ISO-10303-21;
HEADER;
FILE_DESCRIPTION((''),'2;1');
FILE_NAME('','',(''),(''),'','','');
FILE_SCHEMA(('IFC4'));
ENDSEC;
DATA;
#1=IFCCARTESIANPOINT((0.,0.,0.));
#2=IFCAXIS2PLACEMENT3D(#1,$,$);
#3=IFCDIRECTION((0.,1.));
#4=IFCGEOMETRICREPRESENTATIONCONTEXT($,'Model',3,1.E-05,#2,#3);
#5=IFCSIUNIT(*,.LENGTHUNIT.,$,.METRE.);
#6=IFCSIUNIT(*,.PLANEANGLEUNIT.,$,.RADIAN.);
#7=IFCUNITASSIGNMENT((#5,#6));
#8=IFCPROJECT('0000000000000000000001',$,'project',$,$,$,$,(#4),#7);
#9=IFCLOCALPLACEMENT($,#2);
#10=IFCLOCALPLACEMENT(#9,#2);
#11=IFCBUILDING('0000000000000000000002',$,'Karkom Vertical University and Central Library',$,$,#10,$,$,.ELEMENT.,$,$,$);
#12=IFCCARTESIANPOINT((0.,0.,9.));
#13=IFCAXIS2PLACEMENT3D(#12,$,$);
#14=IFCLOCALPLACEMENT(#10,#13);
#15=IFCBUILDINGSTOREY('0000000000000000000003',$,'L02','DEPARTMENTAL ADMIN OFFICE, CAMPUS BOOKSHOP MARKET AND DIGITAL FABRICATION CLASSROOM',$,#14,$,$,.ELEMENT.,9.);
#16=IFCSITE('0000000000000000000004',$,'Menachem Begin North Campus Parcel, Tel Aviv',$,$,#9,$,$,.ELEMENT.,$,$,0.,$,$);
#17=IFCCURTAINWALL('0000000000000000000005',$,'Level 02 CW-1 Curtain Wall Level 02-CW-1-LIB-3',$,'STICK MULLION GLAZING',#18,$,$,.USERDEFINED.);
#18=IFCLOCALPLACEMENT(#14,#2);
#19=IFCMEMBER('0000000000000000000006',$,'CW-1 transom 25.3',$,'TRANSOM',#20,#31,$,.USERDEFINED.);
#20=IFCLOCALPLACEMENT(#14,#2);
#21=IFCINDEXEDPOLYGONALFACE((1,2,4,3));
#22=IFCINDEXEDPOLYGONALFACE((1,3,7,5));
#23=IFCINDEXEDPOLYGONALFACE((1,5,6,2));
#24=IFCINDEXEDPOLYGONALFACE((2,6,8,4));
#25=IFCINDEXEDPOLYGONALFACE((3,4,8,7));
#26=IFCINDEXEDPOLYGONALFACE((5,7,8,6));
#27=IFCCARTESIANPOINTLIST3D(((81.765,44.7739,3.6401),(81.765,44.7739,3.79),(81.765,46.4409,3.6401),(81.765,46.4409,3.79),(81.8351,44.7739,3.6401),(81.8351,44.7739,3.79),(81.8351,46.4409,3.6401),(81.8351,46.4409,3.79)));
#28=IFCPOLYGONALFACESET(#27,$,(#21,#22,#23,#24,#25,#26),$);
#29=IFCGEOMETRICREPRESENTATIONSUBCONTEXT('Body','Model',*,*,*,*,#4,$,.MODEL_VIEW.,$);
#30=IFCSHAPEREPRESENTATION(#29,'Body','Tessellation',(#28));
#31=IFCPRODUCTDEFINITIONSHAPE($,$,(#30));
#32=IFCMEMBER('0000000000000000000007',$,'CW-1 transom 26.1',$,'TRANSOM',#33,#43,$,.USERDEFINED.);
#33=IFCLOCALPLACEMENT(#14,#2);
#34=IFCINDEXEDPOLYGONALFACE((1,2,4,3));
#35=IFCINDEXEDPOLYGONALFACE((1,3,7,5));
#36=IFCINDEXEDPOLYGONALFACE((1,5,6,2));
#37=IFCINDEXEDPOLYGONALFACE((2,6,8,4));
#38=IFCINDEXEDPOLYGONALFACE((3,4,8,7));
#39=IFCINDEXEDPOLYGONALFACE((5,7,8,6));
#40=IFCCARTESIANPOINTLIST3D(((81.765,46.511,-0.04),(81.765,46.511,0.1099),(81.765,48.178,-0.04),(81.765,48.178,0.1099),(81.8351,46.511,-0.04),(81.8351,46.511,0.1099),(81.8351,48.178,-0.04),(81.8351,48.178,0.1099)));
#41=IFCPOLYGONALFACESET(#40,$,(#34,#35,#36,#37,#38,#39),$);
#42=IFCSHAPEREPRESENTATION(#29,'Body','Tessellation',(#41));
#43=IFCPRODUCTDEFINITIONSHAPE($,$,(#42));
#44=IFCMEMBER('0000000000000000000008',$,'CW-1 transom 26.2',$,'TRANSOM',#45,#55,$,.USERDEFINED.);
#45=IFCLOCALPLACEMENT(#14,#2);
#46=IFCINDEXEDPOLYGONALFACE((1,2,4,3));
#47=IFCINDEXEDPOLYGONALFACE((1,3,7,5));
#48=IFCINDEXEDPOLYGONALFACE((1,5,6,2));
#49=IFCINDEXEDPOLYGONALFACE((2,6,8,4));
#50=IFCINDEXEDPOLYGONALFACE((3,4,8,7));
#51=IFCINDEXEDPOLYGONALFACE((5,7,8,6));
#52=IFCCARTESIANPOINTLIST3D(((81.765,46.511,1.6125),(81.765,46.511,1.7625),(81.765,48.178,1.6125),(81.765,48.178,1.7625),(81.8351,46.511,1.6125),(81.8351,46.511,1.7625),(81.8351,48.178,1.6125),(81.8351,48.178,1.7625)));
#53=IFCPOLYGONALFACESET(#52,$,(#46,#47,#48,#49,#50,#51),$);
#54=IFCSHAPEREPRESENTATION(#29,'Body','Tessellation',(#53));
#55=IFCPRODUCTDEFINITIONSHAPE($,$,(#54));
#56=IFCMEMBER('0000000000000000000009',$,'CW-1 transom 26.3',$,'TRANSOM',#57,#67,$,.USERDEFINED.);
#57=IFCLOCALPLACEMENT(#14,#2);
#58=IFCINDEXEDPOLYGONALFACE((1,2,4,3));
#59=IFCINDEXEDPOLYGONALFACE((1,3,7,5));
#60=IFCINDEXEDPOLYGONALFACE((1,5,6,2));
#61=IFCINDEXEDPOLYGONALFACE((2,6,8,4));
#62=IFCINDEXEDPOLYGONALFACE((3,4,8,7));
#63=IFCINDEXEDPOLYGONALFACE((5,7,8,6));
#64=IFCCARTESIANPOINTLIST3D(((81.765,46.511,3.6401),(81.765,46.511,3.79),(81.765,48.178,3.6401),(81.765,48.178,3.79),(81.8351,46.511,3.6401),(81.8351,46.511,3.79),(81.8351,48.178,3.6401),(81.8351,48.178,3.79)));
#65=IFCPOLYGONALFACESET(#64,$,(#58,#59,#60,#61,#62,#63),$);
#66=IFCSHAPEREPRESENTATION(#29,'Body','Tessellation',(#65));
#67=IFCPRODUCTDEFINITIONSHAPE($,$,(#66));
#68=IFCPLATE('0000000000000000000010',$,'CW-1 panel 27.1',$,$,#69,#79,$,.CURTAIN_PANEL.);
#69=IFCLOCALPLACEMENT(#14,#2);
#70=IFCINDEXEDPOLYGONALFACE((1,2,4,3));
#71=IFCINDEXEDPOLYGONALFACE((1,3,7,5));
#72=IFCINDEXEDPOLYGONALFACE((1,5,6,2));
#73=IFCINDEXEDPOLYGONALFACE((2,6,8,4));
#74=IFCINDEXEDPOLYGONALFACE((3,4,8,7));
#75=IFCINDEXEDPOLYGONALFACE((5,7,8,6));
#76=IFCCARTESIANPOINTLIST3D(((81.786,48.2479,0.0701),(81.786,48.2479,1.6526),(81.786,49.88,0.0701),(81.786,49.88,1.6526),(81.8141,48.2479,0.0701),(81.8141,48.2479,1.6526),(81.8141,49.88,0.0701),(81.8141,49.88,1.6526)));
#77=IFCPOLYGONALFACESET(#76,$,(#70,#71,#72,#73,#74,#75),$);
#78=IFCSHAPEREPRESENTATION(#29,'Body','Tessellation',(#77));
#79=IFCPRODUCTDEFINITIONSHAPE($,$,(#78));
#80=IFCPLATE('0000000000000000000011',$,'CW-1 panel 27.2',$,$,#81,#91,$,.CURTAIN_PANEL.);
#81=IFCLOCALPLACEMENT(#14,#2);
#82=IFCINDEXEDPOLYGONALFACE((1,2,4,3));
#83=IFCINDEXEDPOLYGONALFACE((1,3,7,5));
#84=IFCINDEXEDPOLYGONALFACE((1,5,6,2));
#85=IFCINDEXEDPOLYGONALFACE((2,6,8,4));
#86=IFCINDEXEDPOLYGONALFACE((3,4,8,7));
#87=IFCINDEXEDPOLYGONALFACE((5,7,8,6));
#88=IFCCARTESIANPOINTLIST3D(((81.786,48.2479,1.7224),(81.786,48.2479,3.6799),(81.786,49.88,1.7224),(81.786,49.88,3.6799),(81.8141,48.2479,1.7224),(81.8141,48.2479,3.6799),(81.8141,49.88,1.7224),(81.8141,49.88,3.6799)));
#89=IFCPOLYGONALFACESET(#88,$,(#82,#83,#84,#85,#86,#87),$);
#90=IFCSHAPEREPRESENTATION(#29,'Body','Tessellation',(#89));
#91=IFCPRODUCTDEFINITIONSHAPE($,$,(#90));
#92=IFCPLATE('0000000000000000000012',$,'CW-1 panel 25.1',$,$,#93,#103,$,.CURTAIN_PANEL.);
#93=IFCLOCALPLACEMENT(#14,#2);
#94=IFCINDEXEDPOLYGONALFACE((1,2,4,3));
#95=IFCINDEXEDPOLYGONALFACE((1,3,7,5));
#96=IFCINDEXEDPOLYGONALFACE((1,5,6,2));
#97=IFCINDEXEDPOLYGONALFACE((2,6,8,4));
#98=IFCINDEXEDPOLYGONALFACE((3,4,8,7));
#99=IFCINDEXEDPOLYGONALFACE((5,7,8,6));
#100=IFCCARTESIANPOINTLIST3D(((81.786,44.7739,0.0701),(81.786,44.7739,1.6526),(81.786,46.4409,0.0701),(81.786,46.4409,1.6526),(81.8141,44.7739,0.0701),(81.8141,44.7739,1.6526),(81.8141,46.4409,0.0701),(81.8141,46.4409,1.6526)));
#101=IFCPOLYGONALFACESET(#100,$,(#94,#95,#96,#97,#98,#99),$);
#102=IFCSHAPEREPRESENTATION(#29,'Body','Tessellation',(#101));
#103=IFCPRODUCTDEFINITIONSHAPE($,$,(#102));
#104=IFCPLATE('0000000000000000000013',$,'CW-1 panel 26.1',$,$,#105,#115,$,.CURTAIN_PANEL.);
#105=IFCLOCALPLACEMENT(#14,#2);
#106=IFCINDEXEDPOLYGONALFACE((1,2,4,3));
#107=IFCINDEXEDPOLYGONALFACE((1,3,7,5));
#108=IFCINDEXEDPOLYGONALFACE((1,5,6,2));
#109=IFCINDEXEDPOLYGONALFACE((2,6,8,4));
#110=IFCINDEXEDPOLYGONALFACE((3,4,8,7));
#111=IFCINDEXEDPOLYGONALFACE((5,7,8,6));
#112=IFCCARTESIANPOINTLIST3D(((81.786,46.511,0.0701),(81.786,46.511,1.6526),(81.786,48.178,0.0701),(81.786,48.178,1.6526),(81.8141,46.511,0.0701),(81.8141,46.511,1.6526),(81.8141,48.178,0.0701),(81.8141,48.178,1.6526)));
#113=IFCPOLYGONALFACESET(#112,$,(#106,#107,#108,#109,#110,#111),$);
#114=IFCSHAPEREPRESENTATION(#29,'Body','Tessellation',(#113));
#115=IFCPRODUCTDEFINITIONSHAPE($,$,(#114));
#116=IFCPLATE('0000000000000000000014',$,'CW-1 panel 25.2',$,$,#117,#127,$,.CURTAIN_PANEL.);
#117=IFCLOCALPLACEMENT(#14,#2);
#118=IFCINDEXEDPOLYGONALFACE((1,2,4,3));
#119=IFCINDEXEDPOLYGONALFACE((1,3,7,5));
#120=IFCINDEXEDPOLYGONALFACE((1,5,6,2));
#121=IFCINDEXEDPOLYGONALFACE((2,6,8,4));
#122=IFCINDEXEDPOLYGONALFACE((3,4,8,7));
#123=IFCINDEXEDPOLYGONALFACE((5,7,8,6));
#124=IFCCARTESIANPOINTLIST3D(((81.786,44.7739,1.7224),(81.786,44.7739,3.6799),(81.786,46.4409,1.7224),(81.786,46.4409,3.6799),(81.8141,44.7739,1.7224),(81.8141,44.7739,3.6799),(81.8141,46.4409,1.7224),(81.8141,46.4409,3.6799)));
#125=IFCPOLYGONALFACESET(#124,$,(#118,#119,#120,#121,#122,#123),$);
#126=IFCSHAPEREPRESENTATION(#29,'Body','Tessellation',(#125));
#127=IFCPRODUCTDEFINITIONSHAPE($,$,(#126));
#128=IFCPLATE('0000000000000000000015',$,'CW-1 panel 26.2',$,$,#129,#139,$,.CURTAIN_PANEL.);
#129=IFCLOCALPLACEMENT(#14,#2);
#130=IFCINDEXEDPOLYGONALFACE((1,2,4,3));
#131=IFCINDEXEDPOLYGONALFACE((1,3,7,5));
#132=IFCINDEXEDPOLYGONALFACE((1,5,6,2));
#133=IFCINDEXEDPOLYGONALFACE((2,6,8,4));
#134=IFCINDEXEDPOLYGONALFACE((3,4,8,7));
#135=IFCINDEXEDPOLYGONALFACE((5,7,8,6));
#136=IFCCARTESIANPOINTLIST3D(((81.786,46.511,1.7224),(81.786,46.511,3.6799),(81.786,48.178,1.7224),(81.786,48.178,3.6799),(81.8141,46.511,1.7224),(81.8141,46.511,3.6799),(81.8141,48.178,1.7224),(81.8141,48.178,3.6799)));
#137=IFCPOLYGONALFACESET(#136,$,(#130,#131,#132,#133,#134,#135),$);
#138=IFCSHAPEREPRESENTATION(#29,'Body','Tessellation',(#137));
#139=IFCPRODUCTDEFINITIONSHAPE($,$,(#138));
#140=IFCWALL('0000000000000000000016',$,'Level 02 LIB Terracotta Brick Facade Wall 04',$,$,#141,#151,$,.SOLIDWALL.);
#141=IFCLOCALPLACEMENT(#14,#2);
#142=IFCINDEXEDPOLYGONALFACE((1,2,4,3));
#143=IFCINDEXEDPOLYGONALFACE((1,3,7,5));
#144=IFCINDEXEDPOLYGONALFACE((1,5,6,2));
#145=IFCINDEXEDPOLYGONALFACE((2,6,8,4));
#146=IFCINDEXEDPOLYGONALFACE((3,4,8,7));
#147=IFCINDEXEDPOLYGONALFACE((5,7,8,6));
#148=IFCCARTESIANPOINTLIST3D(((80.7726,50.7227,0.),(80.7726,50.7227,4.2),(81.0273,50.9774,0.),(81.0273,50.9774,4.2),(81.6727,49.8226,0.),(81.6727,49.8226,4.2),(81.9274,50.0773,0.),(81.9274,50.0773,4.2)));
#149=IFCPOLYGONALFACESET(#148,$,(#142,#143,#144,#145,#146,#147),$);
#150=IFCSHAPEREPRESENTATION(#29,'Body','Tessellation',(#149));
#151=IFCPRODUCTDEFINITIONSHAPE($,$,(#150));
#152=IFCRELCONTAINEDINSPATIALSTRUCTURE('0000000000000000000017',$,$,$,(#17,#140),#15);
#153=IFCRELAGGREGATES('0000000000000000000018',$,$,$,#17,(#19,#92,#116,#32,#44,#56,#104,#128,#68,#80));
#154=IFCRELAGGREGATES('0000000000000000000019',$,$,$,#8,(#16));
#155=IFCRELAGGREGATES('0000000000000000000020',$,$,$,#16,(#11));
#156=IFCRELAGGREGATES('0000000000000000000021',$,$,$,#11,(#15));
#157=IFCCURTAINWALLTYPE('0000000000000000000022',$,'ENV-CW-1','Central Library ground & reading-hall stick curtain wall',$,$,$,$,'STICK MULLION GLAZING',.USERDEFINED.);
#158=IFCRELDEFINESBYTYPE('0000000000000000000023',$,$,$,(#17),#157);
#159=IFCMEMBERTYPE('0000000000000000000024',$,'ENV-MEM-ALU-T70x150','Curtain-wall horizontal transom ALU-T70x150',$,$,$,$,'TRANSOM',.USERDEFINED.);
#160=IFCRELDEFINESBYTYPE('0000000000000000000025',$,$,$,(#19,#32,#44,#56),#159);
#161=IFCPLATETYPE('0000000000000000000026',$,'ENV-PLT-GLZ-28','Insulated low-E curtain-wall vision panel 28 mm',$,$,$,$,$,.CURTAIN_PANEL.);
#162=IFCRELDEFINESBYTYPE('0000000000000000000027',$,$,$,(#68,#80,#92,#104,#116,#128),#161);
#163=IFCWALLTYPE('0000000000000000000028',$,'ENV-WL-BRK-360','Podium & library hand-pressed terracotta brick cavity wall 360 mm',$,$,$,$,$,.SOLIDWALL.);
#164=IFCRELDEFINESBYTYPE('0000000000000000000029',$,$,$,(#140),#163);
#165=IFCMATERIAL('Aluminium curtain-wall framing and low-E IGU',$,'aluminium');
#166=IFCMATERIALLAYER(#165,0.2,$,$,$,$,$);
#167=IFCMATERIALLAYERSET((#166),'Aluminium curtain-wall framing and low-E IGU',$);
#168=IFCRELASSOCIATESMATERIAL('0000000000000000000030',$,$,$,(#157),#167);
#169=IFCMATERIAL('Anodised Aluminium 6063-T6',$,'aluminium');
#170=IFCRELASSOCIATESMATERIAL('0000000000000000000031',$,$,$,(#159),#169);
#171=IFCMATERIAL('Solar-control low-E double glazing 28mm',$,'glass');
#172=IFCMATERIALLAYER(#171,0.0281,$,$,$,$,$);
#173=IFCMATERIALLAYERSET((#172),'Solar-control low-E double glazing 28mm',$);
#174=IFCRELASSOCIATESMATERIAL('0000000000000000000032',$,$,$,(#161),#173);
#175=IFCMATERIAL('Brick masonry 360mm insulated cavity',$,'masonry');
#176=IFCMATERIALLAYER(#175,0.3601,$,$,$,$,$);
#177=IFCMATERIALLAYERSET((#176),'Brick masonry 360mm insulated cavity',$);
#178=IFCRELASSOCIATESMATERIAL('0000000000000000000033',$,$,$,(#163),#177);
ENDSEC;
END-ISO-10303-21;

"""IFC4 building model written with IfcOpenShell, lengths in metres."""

from ifc_helpers import new_model, si_unit, direction, frame, frame_2d, origin, origin_with_axes, origin_2d, place, context, subcontext, project, spatial, rectangle, extrude, source, transform, mapped, material, layer, layer_set, material_profile, profile_set, type_object, element, aggregate, save


model = new_model("IFC4")

# Units and contexts
model_context = context("Model", 3, precision=1e-05, world=origin(), true_north=direction((0.0, 1.0)))
body_context = subcontext(model_context, "Body", "Model", "MODEL_VIEW")
ifc_project = project(units=[si_unit("LENGTHUNIT", "METRE"), si_unit("PLANEANGLEUNIT", "RADIAN")], contexts=[model_context])

# Site, building, storey
site_placement = place(None, origin())
site = spatial("IfcSite", under=ifc_project, at=site_placement, Name="Menachem Begin North Campus Parcel, Tel Aviv", CompositionType="ELEMENT", RefElevation=0.0)
building_placement = place(site_placement, origin())
building = spatial("IfcBuilding", under=site, at=building_placement, Name="Karkom Vertical University and Central Library", CompositionType="ELEMENT")
storey_placement = place(building_placement, frame((0.0, 0.0, 9.0)))
storey = spatial("IfcBuildingStorey", under=building, at=storey_placement, Name="L02", Description="DEPARTMENTAL ADMIN OFFICE, CAMPUS BOOKSHOP MARKET AND DIGITAL FABRICATION CLASSROOM", CompositionType="ELEMENT", Elevation=9.0)

# Curtain wall, members, plates
ifc_material_1 = material(Name="Aluminium curtain-wall framing and low-E IGU", Category="aluminium")
ifc_layer_1 = layer(ifc_material_1, 0.2)
ifc_layer_set_1 = layer_set([ifc_layer_1], Name="Aluminium curtain-wall framing and low-E IGU")
curtain_wall_type = type_object("IfcCurtainWallType", Name="ENV-CW-1", Description="Central Library ground & reading-hall stick curtain wall", ElementType="STICK MULLION GLAZING", PredefinedType="USERDEFINED", material=ifc_layer_set_1)
curtain_wall_placement = place(storey_placement, origin())
curtain_wall = element("IfcCurtainWall", 1, at=curtain_wall_placement, inside=storey, type_object=curtain_wall_type, Name="Level 02 CW-1 Curtain Wall Level 02-CW-1-LIB-3", ObjectType="STICK MULLION GLAZING", PredefinedType="USERDEFINED")
ifc_material_2 = material(Name="Anodised Aluminium 6063-T6", Category="aluminium")
ifc_material_profile_1 = material_profile(ifc_material_2, rectangle(XDim=0.0701, YDim=0.1499, at=origin_2d()), Name="ALU-T70x150")
ifc_profile_set_1 = profile_set([ifc_material_profile_1], Name="Anodised Aluminium 6063-T6")
member_type_1 = type_object("IfcMemberType", Name="ENV-MEM-ALU-T70x150", Description="Curtain-wall horizontal transom ALU-T70x150", ElementType="TRANSOM", PredefinedType="USERDEFINED", material=ifc_profile_set_1)
shared_shape_1 = source(origin_with_axes(), body_context, "Body", "SweptSolid", [
    extrude(rectangle(XDim=0.0701, YDim=0.1499, at=origin_2d()), origin(), (0.0, 0.0, 1.0), 1.667),
])
member_1_placement = place(storey_placement, frame((81.8, 44.7739, 3.7151), z_axis=(0.0, 1.0, 0.0), x_axis=(-1.0, 0.0, 0.0)))
member_1 = element("IfcMember", 2, at=member_1_placement, type_object=member_type_1, Name="CW-1 transom 25.3", ObjectType="TRANSOM", PredefinedType="USERDEFINED", context=body_context, shape_type="MappedRepresentation", body=[
    mapped(shared_shape_1, transform((0.0, 0.0, 0.0), scale=1.0)),
])
member_2_placement = place(storey_placement, frame((81.8, 46.511, 0.0349), z_axis=(0.0, 1.0, 0.0), x_axis=(-1.0, 0.0, 0.0)))
member_2 = element("IfcMember", 3, at=member_2_placement, type_object=member_type_1, Name="CW-1 transom 26.1", ObjectType="TRANSOM", PredefinedType="USERDEFINED", context=body_context, shape_type="MappedRepresentation", body=[
    mapped(shared_shape_1, transform((0.0, 0.0, 0.0), scale=1.0)),
])
member_3_placement = place(storey_placement, frame((81.8, 46.511, 1.6875), z_axis=(0.0, 1.0, 0.0), x_axis=(-1.0, 0.0, 0.0)))
member_3 = element("IfcMember", 4, at=member_3_placement, type_object=member_type_1, Name="CW-1 transom 26.2", ObjectType="TRANSOM", PredefinedType="USERDEFINED", context=body_context, shape_type="MappedRepresentation", body=[
    mapped(shared_shape_1, transform((0.0, 0.0, 0.0), scale=1.0)),
])
member_4_placement = place(storey_placement, frame((81.8, 46.511, 3.7151), z_axis=(0.0, 1.0, 0.0), x_axis=(-1.0, 0.0, 0.0)))
member_4 = element("IfcMember", 5, at=member_4_placement, type_object=member_type_1, Name="CW-1 transom 26.3", ObjectType="TRANSOM", PredefinedType="USERDEFINED", context=body_context, shape_type="MappedRepresentation", body=[
    mapped(shared_shape_1, transform((0.0, 0.0, 0.0), scale=1.0)),
])
ifc_material_3 = material(Name="Solar-control low-E double glazing 28mm", Category="glass")
ifc_layer_2 = layer(ifc_material_3, 0.0281)
ifc_layer_set_2 = layer_set([ifc_layer_2], Name="Solar-control low-E double glazing 28mm")
plate_type = type_object("IfcPlateType", Name="ENV-PLT-GLZ-28", Description="Insulated low-E curtain-wall vision panel 28 mm", PredefinedType="CURTAIN_PANEL", material=ifc_layer_set_2)
shared_shape_2 = source(origin_with_axes(), body_context, "Body", "SweptSolid", [
    extrude(rectangle(XDim=1.6321, YDim=0.0281, at=origin_2d()), origin(), (0.0, 0.0, 1.0), 1.5825),
])
plate_1_placement = place(storey_placement, frame((81.8, 49.064, 0.0701), z_axis=(0.0, 0.0, 1.0), x_axis=(0.0, 1.0, 0.0)))
plate_1 = element("IfcPlate", 6, at=plate_1_placement, type_object=plate_type, Name="CW-1 panel 27.1", PredefinedType="CURTAIN_PANEL", context=body_context, shape_type="MappedRepresentation", body=[
    mapped(shared_shape_2, transform((0.0, 0.0, 0.0), scale=1.0)),
])
shared_shape_3 = source(origin_with_axes(), body_context, "Body", "SweptSolid", [
    extrude(rectangle(XDim=1.6321, YDim=0.0281, at=origin_2d()), origin(), (0.0, 0.0, 1.0), 1.9575),
])
plate_2_placement = place(storey_placement, frame((81.8, 49.064, 1.7224), z_axis=(0.0, 0.0, 1.0), x_axis=(0.0, 1.0, 0.0)))
plate_2 = element("IfcPlate", 7, at=plate_2_placement, type_object=plate_type, Name="CW-1 panel 27.2", PredefinedType="CURTAIN_PANEL", context=body_context, shape_type="MappedRepresentation", body=[
    mapped(shared_shape_3, transform((0.0, 0.0, 0.0), scale=1.0)),
])
shared_shape_4 = source(origin_with_axes(), body_context, "Body", "SweptSolid", [
    extrude(rectangle(XDim=1.667, YDim=0.0281, at=origin_2d()), origin(), (0.0, 0.0, 1.0), 1.5825),
])
plate_3_placement = place(storey_placement, frame((81.8, 45.6074, 0.0701), z_axis=(0.0, 0.0, 1.0), x_axis=(0.0, 1.0, 0.0)))
plate_3 = element("IfcPlate", 8, at=plate_3_placement, type_object=plate_type, Name="CW-1 panel 25.1", PredefinedType="CURTAIN_PANEL", context=body_context, shape_type="MappedRepresentation", body=[
    mapped(shared_shape_4, transform((0.0, 0.0, 0.0), scale=1.0)),
])
plate_4_placement = place(storey_placement, frame((81.8, 47.3445, 0.0701), z_axis=(0.0, 0.0, 1.0), x_axis=(0.0, 1.0, 0.0)))
plate_4 = element("IfcPlate", 9, at=plate_4_placement, type_object=plate_type, Name="CW-1 panel 26.1", PredefinedType="CURTAIN_PANEL", context=body_context, shape_type="MappedRepresentation", body=[
    mapped(shared_shape_4, transform((0.0, 0.0, 0.0), scale=1.0)),
])
shared_shape_5 = source(origin_with_axes(), body_context, "Body", "SweptSolid", [
    extrude(rectangle(XDim=1.667, YDim=0.0281, at=origin_2d()), origin(), (0.0, 0.0, 1.0), 1.9575),
])
plate_5_placement = place(storey_placement, frame((81.8, 45.6074, 1.7224), z_axis=(0.0, 0.0, 1.0), x_axis=(0.0, 1.0, 0.0)))
plate_5 = element("IfcPlate", 10, at=plate_5_placement, type_object=plate_type, Name="CW-1 panel 25.2", PredefinedType="CURTAIN_PANEL", context=body_context, shape_type="MappedRepresentation", body=[
    mapped(shared_shape_5, transform((0.0, 0.0, 0.0), scale=1.0)),
])
plate_6_placement = place(storey_placement, frame((81.8, 47.3445, 1.7224), z_axis=(0.0, 0.0, 1.0), x_axis=(0.0, 1.0, 0.0)))
plate_6 = element("IfcPlate", 11, at=plate_6_placement, type_object=plate_type, Name="CW-1 panel 26.2", PredefinedType="CURTAIN_PANEL", context=body_context, shape_type="MappedRepresentation", body=[
    mapped(shared_shape_5, transform((0.0, 0.0, 0.0), scale=1.0)),
])
aggregate(curtain_wall, [member_1, plate_3, plate_5, member_2, member_3, member_4, plate_4, plate_6, plate_1, plate_2])

# Wall
ifc_material_4 = material(Name="Brick masonry 360mm insulated cavity", Category="masonry")
ifc_layer_3 = layer(ifc_material_4, 0.3601)
ifc_layer_set_3 = layer_set([ifc_layer_3], Name="Brick masonry 360mm insulated cavity")
wall_type = type_object("IfcWallType", Name="ENV-WL-BRK-360", Description="Podium & library hand-pressed terracotta brick cavity wall 360 mm", PredefinedType="SOLIDWALL", material=ifc_layer_set_3)
wall_1_placement = place(storey_placement, frame((81.8, 49.95, 0.0), z_axis=(0.0, 0.0, 1.0), x_axis=(-0.707107, 0.707107, 0.0)))
element("IfcWall", 12, at=wall_1_placement, inside=storey, type_object=wall_type, Name="Level 02 LIB Terracotta Brick Facade Wall 04", PredefinedType="SOLIDWALL", context=body_context, shape_type="SweptSolid", body=[
    extrude(rectangle(XDim=1.2729, YDim=0.3601, at=frame_2d((0.6365, 0.0))), origin(), (0.0, 0.0, 1.0), 4.2),
])

save(model, "model.ifc")
